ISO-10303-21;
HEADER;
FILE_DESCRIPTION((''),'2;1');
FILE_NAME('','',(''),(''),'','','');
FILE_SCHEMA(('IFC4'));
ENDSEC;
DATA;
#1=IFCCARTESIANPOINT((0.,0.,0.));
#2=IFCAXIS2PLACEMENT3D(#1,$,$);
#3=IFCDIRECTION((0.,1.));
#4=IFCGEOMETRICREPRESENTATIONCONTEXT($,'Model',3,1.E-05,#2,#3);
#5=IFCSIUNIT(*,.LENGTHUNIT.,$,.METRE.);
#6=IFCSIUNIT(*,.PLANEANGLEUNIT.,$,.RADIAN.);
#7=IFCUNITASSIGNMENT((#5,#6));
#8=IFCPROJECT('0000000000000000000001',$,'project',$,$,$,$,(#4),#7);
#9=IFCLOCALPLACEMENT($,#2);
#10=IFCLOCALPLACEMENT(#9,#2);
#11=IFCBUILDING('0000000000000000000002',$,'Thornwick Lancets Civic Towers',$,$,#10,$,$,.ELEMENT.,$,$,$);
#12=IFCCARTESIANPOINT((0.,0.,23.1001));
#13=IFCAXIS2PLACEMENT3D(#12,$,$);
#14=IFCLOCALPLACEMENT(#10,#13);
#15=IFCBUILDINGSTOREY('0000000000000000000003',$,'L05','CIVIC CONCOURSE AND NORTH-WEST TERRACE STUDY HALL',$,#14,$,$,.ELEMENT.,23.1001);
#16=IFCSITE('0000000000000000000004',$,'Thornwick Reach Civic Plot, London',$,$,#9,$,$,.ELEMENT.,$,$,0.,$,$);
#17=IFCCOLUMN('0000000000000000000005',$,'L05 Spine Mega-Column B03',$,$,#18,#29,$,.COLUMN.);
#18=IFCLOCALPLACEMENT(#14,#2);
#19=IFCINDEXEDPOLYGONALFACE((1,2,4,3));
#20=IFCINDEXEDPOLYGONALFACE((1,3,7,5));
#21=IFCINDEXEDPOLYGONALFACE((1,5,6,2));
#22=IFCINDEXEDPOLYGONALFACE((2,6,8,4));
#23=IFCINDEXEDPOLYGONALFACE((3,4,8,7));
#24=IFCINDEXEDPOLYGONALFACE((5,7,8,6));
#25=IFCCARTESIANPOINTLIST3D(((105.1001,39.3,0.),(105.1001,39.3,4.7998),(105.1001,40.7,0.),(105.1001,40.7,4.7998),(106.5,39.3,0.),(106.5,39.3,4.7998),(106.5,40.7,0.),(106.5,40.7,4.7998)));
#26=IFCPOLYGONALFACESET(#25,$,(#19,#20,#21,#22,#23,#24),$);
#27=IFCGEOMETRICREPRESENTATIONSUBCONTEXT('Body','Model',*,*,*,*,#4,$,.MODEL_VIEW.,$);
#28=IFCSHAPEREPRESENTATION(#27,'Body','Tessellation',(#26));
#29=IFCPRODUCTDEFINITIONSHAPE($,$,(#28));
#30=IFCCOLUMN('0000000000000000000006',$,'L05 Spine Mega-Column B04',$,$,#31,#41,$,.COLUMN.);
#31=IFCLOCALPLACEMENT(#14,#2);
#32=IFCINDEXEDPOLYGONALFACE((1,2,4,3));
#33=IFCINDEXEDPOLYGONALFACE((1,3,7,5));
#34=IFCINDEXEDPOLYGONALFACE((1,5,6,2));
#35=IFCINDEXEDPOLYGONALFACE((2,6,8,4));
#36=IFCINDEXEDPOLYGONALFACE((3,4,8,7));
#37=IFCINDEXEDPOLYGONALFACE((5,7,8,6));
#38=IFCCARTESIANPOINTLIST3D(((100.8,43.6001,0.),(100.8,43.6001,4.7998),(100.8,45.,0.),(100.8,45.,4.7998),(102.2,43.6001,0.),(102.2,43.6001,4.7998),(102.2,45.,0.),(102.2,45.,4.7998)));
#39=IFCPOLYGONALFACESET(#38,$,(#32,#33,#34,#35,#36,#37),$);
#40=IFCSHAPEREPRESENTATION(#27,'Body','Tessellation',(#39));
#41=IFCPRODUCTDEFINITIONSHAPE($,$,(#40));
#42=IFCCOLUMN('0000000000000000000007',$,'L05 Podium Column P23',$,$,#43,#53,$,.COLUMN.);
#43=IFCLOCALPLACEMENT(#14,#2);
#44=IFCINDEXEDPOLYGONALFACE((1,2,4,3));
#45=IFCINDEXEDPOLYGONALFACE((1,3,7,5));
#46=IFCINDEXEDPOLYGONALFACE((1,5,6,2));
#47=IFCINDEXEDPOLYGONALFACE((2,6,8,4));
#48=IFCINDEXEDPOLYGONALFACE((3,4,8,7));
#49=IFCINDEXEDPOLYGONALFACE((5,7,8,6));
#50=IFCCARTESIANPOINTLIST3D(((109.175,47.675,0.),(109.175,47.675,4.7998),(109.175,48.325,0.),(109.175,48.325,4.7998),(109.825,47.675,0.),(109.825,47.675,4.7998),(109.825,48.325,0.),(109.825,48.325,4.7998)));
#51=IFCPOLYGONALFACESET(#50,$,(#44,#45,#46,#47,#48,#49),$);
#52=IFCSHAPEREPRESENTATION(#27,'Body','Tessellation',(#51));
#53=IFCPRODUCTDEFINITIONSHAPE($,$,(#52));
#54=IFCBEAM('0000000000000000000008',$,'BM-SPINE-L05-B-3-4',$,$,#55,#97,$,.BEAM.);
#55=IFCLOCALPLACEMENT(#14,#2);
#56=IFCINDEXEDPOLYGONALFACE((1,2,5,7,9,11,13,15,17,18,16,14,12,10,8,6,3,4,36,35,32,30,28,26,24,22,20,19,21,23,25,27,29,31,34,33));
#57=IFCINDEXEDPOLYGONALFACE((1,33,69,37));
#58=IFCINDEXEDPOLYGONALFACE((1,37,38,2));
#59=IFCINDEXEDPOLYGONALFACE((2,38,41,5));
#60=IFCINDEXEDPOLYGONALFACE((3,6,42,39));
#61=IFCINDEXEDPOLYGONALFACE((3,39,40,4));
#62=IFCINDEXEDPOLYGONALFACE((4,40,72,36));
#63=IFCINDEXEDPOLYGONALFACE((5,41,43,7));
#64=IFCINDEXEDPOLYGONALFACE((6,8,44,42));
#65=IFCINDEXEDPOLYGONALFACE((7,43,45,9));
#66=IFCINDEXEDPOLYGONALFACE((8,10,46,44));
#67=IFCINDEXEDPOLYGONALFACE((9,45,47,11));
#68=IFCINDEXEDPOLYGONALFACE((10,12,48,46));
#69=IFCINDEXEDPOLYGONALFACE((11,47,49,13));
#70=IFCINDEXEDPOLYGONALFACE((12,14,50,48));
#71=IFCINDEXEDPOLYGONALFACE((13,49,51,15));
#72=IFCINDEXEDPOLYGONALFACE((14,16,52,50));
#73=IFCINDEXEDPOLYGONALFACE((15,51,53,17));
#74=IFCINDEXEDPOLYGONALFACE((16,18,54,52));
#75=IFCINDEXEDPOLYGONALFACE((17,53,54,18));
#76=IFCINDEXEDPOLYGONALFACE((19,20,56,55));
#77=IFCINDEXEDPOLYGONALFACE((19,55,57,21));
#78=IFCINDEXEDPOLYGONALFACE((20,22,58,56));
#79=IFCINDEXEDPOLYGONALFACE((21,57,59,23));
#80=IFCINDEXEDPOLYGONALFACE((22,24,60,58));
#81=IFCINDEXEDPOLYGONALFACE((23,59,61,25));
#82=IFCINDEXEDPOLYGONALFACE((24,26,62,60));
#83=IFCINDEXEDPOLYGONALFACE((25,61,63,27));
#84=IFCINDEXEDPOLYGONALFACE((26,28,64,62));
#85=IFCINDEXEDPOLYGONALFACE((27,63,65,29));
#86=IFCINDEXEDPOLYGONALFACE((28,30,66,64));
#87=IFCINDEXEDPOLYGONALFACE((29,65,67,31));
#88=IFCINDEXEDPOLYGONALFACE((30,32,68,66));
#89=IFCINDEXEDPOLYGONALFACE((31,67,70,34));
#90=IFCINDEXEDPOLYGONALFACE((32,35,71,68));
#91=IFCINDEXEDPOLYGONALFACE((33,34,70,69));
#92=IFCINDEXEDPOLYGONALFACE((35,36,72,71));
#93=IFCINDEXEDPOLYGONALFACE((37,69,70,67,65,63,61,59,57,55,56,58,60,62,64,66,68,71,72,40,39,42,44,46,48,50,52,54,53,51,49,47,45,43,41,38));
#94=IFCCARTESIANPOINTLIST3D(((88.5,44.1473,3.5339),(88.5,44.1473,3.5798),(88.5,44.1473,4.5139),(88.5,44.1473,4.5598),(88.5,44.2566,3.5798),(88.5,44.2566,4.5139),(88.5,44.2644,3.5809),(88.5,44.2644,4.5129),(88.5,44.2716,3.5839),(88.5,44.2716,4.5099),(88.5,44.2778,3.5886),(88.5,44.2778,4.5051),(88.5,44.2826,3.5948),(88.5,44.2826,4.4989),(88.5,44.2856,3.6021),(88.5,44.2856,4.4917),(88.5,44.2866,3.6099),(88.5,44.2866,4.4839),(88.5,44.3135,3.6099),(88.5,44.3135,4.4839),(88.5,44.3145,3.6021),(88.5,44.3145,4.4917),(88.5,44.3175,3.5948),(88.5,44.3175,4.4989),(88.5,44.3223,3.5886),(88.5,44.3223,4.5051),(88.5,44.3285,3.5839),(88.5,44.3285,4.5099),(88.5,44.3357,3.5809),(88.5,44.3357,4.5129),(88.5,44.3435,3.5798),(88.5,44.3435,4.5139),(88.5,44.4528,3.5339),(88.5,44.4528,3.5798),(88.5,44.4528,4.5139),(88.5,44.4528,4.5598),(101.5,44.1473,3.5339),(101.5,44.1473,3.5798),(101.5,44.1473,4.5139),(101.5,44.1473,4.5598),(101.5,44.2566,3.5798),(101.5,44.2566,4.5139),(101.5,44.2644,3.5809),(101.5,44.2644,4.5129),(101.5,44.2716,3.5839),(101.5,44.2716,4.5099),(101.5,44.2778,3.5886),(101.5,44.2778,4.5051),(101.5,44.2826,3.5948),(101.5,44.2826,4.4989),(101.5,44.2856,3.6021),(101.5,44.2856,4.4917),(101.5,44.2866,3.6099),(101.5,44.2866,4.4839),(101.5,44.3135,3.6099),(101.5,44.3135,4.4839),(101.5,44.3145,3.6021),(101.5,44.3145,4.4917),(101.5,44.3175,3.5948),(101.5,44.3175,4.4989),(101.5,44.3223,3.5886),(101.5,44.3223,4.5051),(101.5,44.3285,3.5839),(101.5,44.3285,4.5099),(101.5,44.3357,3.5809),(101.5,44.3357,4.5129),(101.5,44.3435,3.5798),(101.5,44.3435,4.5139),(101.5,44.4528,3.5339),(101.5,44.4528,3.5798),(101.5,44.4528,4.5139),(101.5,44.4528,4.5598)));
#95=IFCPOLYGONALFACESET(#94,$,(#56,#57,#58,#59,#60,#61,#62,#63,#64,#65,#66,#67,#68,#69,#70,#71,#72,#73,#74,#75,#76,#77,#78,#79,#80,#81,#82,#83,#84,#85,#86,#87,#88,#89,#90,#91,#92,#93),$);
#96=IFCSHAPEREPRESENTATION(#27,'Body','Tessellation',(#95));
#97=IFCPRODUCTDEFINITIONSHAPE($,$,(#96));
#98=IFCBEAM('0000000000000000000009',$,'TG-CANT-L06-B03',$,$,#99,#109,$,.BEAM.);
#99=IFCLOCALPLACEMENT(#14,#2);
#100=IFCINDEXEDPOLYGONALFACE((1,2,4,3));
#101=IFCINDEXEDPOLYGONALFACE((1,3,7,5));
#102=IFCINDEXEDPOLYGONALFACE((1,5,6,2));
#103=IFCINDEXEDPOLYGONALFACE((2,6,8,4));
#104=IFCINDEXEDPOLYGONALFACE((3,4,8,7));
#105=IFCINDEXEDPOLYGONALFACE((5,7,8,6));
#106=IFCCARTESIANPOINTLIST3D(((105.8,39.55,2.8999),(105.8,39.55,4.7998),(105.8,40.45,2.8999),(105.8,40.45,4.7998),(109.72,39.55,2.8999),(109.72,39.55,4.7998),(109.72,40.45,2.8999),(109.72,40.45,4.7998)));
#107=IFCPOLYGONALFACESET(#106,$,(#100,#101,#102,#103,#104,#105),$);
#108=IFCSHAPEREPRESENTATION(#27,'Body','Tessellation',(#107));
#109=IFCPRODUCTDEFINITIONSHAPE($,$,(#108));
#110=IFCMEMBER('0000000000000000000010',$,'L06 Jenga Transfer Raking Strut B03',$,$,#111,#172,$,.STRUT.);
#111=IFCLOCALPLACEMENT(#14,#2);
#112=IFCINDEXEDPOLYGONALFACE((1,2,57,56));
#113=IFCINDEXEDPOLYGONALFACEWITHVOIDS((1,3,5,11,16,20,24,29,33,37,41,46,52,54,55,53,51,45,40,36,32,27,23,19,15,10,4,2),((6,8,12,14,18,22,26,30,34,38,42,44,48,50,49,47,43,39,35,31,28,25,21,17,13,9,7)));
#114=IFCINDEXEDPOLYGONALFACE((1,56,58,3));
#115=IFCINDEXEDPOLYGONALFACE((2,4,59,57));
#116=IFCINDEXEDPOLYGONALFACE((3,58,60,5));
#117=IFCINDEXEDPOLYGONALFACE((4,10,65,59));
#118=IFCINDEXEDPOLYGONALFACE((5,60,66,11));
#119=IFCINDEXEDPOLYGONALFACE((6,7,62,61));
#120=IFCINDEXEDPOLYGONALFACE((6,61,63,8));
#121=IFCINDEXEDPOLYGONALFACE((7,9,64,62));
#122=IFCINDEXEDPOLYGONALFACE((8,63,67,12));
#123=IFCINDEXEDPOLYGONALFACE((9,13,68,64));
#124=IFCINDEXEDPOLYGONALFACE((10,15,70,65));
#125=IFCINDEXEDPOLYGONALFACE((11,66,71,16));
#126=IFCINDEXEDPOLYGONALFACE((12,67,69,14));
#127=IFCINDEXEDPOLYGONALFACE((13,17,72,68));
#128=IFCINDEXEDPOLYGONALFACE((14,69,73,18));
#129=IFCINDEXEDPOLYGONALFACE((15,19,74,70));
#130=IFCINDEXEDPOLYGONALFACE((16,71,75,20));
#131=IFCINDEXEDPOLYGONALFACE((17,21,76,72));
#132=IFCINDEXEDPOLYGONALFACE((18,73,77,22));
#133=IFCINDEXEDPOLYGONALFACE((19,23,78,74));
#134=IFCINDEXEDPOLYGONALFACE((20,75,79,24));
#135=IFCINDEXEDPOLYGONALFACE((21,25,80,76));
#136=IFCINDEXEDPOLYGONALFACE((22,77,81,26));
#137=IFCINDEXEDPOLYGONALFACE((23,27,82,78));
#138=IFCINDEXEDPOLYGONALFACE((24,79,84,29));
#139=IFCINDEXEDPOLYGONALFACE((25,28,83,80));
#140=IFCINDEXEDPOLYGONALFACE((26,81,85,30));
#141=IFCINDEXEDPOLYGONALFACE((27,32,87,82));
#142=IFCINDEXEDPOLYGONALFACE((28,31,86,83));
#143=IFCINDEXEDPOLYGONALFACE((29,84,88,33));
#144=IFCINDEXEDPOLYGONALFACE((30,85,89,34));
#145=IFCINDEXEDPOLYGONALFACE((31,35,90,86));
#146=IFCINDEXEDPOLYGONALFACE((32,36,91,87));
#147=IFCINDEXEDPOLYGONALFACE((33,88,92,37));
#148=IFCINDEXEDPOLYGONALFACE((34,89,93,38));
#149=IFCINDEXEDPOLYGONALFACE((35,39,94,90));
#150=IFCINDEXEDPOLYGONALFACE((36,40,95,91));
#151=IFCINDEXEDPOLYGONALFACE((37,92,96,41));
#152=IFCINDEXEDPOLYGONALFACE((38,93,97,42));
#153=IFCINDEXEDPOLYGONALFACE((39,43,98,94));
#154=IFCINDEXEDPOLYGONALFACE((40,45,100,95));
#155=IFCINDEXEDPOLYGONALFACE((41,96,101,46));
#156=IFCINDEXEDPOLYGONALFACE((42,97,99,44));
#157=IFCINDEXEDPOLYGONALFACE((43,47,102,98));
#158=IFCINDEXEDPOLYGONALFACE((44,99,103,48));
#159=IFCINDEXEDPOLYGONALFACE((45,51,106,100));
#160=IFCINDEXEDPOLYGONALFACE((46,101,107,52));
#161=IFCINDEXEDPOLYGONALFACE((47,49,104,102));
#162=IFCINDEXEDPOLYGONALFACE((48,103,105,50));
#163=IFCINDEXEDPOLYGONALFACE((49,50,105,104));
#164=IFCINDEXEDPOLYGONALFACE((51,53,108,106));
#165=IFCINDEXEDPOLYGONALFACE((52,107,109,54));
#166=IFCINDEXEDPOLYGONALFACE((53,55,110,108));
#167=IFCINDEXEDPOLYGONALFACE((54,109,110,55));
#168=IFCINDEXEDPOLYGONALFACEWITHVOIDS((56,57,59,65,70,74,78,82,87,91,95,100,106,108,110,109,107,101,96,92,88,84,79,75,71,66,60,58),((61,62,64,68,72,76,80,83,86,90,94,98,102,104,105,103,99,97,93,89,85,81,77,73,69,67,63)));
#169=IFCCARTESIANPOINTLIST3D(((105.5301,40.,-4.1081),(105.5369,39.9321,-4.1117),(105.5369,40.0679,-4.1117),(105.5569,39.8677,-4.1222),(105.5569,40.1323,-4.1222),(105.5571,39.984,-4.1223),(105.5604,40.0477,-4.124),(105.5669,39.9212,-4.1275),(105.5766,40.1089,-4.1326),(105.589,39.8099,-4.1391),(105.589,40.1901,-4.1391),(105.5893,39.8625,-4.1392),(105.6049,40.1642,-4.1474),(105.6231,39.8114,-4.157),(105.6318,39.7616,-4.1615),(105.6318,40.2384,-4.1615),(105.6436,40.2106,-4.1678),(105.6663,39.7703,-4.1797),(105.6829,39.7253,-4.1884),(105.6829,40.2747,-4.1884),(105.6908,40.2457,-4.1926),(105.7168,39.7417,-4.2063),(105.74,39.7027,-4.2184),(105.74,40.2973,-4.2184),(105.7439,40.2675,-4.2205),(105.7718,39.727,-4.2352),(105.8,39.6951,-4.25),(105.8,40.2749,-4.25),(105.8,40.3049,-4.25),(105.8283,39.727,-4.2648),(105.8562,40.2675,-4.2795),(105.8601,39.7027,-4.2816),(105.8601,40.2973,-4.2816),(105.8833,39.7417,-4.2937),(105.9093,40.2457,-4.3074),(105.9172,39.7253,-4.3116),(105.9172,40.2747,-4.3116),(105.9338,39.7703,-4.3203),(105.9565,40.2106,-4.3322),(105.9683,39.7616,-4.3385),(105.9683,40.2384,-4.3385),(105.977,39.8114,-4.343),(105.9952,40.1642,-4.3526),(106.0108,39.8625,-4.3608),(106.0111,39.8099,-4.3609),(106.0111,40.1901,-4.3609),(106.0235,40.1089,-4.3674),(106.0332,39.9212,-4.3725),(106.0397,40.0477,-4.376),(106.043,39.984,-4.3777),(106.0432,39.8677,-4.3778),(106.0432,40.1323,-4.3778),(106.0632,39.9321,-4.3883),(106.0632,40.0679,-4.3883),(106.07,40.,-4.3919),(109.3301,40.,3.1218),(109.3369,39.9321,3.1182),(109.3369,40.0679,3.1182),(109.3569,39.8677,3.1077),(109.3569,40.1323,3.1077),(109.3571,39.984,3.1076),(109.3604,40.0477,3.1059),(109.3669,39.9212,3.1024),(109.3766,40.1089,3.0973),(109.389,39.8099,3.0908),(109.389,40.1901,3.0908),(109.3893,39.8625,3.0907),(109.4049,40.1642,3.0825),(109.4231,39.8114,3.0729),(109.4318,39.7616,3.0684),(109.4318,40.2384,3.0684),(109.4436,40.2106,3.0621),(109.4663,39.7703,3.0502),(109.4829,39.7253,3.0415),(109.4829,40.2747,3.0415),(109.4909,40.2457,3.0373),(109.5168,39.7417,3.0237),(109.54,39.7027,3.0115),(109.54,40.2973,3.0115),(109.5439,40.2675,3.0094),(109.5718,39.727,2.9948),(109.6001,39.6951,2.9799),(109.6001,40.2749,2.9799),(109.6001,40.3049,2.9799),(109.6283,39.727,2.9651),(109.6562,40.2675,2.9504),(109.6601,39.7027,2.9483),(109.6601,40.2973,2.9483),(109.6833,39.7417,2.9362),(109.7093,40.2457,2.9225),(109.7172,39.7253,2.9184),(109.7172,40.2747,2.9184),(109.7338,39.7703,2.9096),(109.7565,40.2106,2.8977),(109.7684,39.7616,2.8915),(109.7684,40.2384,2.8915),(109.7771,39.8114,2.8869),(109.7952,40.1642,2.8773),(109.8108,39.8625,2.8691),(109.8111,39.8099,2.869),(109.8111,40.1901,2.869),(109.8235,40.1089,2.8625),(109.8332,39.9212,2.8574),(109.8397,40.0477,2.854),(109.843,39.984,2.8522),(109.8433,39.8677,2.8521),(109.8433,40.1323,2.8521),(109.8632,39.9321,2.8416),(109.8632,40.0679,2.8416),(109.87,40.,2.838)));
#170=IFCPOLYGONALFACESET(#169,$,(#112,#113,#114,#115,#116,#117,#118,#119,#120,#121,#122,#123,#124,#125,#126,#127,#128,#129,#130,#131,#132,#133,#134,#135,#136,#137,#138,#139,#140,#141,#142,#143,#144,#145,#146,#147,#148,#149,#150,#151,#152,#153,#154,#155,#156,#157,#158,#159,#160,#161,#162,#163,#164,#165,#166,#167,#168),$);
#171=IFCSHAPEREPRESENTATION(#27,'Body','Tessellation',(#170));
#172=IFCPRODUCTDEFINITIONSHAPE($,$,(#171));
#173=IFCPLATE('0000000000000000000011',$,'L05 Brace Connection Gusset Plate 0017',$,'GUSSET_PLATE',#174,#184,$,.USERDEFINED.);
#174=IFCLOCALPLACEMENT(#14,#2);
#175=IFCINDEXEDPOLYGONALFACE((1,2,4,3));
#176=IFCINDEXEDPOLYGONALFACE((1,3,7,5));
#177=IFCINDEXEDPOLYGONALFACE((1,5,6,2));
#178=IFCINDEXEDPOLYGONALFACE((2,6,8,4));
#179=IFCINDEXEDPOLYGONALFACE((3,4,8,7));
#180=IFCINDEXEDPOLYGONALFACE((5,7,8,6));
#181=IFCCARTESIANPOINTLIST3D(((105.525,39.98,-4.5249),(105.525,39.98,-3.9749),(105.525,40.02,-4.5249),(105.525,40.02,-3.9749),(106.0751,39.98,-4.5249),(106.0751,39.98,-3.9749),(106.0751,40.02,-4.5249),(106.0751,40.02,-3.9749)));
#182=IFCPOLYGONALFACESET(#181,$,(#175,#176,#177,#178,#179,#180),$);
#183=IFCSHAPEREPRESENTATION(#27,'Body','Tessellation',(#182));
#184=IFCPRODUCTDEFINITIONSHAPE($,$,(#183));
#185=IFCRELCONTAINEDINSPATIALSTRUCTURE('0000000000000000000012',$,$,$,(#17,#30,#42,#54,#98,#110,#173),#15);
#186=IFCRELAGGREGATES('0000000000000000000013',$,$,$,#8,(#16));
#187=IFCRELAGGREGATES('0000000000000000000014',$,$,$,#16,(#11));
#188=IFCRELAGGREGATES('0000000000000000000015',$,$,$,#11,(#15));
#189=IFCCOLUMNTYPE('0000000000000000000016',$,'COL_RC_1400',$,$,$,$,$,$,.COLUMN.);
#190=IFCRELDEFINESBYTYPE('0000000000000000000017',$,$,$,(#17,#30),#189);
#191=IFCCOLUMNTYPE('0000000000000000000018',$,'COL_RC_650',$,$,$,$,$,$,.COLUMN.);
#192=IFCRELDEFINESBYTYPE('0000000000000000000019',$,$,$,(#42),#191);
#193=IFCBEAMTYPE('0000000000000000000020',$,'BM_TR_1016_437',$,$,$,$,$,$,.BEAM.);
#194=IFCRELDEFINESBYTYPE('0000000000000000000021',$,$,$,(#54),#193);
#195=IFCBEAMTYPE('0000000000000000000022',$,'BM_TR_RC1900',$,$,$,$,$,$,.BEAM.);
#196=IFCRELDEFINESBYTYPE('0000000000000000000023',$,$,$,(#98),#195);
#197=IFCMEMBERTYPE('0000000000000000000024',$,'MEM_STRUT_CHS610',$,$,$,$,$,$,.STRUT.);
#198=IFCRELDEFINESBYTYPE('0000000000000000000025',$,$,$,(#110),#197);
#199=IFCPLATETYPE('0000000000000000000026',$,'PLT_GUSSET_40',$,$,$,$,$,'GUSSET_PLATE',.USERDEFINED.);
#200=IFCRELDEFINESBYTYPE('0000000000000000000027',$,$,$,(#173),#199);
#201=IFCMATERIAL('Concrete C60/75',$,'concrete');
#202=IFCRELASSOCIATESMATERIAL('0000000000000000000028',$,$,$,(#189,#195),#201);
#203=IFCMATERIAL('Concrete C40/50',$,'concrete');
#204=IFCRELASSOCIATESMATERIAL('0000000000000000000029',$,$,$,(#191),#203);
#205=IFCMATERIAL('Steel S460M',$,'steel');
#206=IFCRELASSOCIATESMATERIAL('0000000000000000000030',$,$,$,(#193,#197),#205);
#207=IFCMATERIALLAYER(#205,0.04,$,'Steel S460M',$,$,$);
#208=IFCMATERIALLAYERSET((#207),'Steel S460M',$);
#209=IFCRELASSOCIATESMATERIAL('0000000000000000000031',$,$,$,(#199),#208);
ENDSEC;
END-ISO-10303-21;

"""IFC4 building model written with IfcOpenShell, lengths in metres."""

from ifc_helpers import new_model, si_unit, direction, frame, origin, origin_2d, place, context, subcontext, project, spatial, rectangle, hollow_circle, i_section, extrude, material, layer, layer_set, material_profile, profile_set, type_object, element, save


model = new_model("IFC4")

# Units and contexts
model_context = context("Model", 3, precision=1e-05, world=origin(), true_north=direction((0.0, 1.0)))
body_context = subcontext(model_context, "Body", "Model", "MODEL_VIEW")
ifc_project = project(units=[si_unit("LENGTHUNIT", "METRE"), si_unit("PLANEANGLEUNIT", "RADIAN")], contexts=[model_context])

# Site, building, storey
site_placement = place(None, origin())
site = spatial("IfcSite", under=ifc_project, at=site_placement, Name="Thornwick Reach Civic Plot, London", CompositionType="ELEMENT", RefElevation=0.0)
building_placement = place(site_placement, origin())
building = spatial("IfcBuilding", under=site, at=building_placement, Name="Thornwick Lancets Civic Towers", CompositionType="ELEMENT")
storey_placement = place(building_placement, frame((0.0, 0.0, 23.1001)))
storey = spatial("IfcBuildingStorey", under=building, at=storey_placement, Name="L05", Description="CIVIC CONCOURSE AND NORTH-WEST TERRACE STUDY HALL", CompositionType="ELEMENT", Elevation=23.1001)

# Columns
ifc_material_1 = material(Name="Concrete C60/75", Category="concrete")
ifc_material_profile_1 = material_profile(ifc_material_1, rectangle(XDim=1.3999, YDim=1.3999, at=origin_2d()), Name="RC 1400x1400")
ifc_profile_set_1 = profile_set([ifc_material_profile_1], Name="Concrete C60/75")
column_type_1 = type_object("IfcColumnType", Name="COL_RC_1400", PredefinedType="COLUMN", material=ifc_profile_set_1)
for number, where, z_axis, x_axis, name in (
    (1, (105.8, 40.0, 0.0), (0.0, 0.0, 1.0), (1.0, 0.0, 0.0), "L05 Spine Mega-Column B03"),
    (2, (101.5, 44.3, 0.0), (0.0, 0.0, 1.0), (1.0, 0.0, 0.0), "L05 Spine Mega-Column B04"),
):
    element("IfcColumn", number, at=place(storey_placement, frame(where, z_axis=z_axis, x_axis=x_axis)), inside=storey, type_object=column_type_1, Name=name, PredefinedType="COLUMN", context=body_context, shape_type="SweptSolid", body=[
        extrude(rectangle(XDim=1.3999, YDim=1.3999, at=origin_2d()), origin(), (0.0, 0.0, 1.0), 4.7998),
    ])
ifc_material_2 = material(Name="Concrete C40/50", Category="concrete")
ifc_material_profile_2 = material_profile(ifc_material_2, rectangle(XDim=0.6499, YDim=0.6499, at=origin_2d()), Name="RC 650x650")
ifc_profile_set_2 = profile_set([ifc_material_profile_2], Name="Concrete C40/50")
column_type_2 = type_object("IfcColumnType", Name="COL_RC_650", PredefinedType="COLUMN", material=ifc_profile_set_2)
column_placement = place(storey_placement, frame((109.5, 48.0, 0.0), z_axis=(0.0, 0.0, 1.0), x_axis=(1.0, 0.0, 0.0)))
element("IfcColumn", 3, at=column_placement, inside=storey, type_object=column_type_2, Name="L05 Podium Column P23", PredefinedType="COLUMN", context=body_context, shape_type="SweptSolid", body=[
    extrude(rectangle(XDim=0.6499, YDim=0.6499, at=origin_2d()), origin(), (0.0, 0.0, 1.0), 4.7998),
])

# Beams
ifc_material_3 = material(Name="Steel S460M", Category="steel")
ifc_material_profile_3 = material_profile(ifc_material_3, i_section(OverallWidth=0.3054, OverallDepth=1.0259, WebThickness=0.0269, FlangeThickness=0.0459, FilletRadius=0.03, at=origin_2d()), Name="UKB 1016x305x437")
ifc_profile_set_3 = profile_set([ifc_material_profile_3], Name="Steel S460M")
beam_type_1 = type_object("IfcBeamType", Name="BM_TR_1016_437", PredefinedType="BEAM", material=ifc_profile_set_3)
beam_1_placement = place(storey_placement, frame((101.5, 44.3, 4.0469), z_axis=(-1.0, 0.0, 0.0), x_axis=(0.0, -1.0, 0.0)))
element("IfcBeam", 4, at=beam_1_placement, inside=storey, type_object=beam_type_1, Name="BM-SPINE-L05-B-3-4", PredefinedType="BEAM", context=body_context, shape_type="SweptSolid", body=[
    extrude(i_section(OverallWidth=0.3054, OverallDepth=1.0259, WebThickness=0.0269, FlangeThickness=0.0459, FilletRadius=0.03, at=origin_2d()), origin(), (0.0, 0.0, 1.0), 13.0),
])
ifc_material_profile_4 = material_profile(ifc_material_1, rectangle(XDim=0.8999, YDim=1.8999, at=origin_2d()), Name="RC 900x1900")
ifc_profile_set_4 = profile_set([ifc_material_profile_4], Name="Concrete C60/75")
beam_type_2 = type_object("IfcBeamType", Name="BM_TR_RC1900", PredefinedType="BEAM", material=ifc_profile_set_4)
beam_2_placement = place(storey_placement, frame((105.8, 40.0, 3.8499), z_axis=(1.0, 0.0, 0.0), x_axis=(0.0, 1.0, 0.0)))
element("IfcBeam", 5, at=beam_2_placement, inside=storey, type_object=beam_type_2, Name="TG-CANT-L06-B03", PredefinedType="BEAM", context=body_context, shape_type="SweptSolid", body=[
    extrude(rectangle(XDim=0.8999, YDim=1.8999, at=origin_2d()), origin(), (0.0, 0.0, 1.0), 3.9199),
])

# Member
ifc_material_profile_5 = material_profile(ifc_material_3, hollow_circle(Radius=0.3049, WallThickness=0.03, at=origin_2d()), Name="CHS 610x30")
ifc_profile_set_5 = profile_set([ifc_material_profile_5], Name="Steel S460M")
member_type = type_object("IfcMemberType", Name="MEM_STRUT_CHS610", PredefinedType="STRUT", material=ifc_profile_set_5)
member_placement = place(storey_placement, frame((105.8, 40.0, -4.25), z_axis=(0.465247, 0.0, 0.885181), x_axis=(0.0, 1.0, 0.0)))
element("IfcMember", 6, at=member_placement, inside=storey, type_object=member_type, Name="L06 Jenga Transfer Raking Strut B03", PredefinedType="STRUT", context=body_context, shape_type="SweptSolid", body=[
    extrude(hollow_circle(Radius=0.3049, WallThickness=0.03, at=origin_2d()), origin(), (0.0, 0.0, 1.0), 8.1677),
])

# Plate
ifc_layer_1 = layer(ifc_material_3, 0.04, Name="Steel S460M")
ifc_layer_set_1 = layer_set([ifc_layer_1], Name="Steel S460M")
plate_type = type_object("IfcPlateType", Name="PLT_GUSSET_40", ElementType="GUSSET_PLATE", PredefinedType="USERDEFINED", material=ifc_layer_set_1)
for number, where, z_axis, x_axis, name in (
    (7, (105.8, 40.0, -4.5249), (0.0, 0.0, 1.0), (1.0, 0.0, 0.0), "L05 Brace Connection Gusset Plate 0017"),
):
    element("IfcPlate", number, at=place(storey_placement, frame(where, z_axis=z_axis, x_axis=x_axis)), inside=storey, type_object=plate_type, Name=name, ObjectType="GUSSET_PLATE", PredefinedType="USERDEFINED", context=body_context, shape_type="SweptSolid", body=[
        extrude(rectangle(XDim=0.55, YDim=0.04, at=origin_2d()), origin(), (0.0, 0.0, 1.0), 0.55),
    ])

save(model, "model.ifc")
